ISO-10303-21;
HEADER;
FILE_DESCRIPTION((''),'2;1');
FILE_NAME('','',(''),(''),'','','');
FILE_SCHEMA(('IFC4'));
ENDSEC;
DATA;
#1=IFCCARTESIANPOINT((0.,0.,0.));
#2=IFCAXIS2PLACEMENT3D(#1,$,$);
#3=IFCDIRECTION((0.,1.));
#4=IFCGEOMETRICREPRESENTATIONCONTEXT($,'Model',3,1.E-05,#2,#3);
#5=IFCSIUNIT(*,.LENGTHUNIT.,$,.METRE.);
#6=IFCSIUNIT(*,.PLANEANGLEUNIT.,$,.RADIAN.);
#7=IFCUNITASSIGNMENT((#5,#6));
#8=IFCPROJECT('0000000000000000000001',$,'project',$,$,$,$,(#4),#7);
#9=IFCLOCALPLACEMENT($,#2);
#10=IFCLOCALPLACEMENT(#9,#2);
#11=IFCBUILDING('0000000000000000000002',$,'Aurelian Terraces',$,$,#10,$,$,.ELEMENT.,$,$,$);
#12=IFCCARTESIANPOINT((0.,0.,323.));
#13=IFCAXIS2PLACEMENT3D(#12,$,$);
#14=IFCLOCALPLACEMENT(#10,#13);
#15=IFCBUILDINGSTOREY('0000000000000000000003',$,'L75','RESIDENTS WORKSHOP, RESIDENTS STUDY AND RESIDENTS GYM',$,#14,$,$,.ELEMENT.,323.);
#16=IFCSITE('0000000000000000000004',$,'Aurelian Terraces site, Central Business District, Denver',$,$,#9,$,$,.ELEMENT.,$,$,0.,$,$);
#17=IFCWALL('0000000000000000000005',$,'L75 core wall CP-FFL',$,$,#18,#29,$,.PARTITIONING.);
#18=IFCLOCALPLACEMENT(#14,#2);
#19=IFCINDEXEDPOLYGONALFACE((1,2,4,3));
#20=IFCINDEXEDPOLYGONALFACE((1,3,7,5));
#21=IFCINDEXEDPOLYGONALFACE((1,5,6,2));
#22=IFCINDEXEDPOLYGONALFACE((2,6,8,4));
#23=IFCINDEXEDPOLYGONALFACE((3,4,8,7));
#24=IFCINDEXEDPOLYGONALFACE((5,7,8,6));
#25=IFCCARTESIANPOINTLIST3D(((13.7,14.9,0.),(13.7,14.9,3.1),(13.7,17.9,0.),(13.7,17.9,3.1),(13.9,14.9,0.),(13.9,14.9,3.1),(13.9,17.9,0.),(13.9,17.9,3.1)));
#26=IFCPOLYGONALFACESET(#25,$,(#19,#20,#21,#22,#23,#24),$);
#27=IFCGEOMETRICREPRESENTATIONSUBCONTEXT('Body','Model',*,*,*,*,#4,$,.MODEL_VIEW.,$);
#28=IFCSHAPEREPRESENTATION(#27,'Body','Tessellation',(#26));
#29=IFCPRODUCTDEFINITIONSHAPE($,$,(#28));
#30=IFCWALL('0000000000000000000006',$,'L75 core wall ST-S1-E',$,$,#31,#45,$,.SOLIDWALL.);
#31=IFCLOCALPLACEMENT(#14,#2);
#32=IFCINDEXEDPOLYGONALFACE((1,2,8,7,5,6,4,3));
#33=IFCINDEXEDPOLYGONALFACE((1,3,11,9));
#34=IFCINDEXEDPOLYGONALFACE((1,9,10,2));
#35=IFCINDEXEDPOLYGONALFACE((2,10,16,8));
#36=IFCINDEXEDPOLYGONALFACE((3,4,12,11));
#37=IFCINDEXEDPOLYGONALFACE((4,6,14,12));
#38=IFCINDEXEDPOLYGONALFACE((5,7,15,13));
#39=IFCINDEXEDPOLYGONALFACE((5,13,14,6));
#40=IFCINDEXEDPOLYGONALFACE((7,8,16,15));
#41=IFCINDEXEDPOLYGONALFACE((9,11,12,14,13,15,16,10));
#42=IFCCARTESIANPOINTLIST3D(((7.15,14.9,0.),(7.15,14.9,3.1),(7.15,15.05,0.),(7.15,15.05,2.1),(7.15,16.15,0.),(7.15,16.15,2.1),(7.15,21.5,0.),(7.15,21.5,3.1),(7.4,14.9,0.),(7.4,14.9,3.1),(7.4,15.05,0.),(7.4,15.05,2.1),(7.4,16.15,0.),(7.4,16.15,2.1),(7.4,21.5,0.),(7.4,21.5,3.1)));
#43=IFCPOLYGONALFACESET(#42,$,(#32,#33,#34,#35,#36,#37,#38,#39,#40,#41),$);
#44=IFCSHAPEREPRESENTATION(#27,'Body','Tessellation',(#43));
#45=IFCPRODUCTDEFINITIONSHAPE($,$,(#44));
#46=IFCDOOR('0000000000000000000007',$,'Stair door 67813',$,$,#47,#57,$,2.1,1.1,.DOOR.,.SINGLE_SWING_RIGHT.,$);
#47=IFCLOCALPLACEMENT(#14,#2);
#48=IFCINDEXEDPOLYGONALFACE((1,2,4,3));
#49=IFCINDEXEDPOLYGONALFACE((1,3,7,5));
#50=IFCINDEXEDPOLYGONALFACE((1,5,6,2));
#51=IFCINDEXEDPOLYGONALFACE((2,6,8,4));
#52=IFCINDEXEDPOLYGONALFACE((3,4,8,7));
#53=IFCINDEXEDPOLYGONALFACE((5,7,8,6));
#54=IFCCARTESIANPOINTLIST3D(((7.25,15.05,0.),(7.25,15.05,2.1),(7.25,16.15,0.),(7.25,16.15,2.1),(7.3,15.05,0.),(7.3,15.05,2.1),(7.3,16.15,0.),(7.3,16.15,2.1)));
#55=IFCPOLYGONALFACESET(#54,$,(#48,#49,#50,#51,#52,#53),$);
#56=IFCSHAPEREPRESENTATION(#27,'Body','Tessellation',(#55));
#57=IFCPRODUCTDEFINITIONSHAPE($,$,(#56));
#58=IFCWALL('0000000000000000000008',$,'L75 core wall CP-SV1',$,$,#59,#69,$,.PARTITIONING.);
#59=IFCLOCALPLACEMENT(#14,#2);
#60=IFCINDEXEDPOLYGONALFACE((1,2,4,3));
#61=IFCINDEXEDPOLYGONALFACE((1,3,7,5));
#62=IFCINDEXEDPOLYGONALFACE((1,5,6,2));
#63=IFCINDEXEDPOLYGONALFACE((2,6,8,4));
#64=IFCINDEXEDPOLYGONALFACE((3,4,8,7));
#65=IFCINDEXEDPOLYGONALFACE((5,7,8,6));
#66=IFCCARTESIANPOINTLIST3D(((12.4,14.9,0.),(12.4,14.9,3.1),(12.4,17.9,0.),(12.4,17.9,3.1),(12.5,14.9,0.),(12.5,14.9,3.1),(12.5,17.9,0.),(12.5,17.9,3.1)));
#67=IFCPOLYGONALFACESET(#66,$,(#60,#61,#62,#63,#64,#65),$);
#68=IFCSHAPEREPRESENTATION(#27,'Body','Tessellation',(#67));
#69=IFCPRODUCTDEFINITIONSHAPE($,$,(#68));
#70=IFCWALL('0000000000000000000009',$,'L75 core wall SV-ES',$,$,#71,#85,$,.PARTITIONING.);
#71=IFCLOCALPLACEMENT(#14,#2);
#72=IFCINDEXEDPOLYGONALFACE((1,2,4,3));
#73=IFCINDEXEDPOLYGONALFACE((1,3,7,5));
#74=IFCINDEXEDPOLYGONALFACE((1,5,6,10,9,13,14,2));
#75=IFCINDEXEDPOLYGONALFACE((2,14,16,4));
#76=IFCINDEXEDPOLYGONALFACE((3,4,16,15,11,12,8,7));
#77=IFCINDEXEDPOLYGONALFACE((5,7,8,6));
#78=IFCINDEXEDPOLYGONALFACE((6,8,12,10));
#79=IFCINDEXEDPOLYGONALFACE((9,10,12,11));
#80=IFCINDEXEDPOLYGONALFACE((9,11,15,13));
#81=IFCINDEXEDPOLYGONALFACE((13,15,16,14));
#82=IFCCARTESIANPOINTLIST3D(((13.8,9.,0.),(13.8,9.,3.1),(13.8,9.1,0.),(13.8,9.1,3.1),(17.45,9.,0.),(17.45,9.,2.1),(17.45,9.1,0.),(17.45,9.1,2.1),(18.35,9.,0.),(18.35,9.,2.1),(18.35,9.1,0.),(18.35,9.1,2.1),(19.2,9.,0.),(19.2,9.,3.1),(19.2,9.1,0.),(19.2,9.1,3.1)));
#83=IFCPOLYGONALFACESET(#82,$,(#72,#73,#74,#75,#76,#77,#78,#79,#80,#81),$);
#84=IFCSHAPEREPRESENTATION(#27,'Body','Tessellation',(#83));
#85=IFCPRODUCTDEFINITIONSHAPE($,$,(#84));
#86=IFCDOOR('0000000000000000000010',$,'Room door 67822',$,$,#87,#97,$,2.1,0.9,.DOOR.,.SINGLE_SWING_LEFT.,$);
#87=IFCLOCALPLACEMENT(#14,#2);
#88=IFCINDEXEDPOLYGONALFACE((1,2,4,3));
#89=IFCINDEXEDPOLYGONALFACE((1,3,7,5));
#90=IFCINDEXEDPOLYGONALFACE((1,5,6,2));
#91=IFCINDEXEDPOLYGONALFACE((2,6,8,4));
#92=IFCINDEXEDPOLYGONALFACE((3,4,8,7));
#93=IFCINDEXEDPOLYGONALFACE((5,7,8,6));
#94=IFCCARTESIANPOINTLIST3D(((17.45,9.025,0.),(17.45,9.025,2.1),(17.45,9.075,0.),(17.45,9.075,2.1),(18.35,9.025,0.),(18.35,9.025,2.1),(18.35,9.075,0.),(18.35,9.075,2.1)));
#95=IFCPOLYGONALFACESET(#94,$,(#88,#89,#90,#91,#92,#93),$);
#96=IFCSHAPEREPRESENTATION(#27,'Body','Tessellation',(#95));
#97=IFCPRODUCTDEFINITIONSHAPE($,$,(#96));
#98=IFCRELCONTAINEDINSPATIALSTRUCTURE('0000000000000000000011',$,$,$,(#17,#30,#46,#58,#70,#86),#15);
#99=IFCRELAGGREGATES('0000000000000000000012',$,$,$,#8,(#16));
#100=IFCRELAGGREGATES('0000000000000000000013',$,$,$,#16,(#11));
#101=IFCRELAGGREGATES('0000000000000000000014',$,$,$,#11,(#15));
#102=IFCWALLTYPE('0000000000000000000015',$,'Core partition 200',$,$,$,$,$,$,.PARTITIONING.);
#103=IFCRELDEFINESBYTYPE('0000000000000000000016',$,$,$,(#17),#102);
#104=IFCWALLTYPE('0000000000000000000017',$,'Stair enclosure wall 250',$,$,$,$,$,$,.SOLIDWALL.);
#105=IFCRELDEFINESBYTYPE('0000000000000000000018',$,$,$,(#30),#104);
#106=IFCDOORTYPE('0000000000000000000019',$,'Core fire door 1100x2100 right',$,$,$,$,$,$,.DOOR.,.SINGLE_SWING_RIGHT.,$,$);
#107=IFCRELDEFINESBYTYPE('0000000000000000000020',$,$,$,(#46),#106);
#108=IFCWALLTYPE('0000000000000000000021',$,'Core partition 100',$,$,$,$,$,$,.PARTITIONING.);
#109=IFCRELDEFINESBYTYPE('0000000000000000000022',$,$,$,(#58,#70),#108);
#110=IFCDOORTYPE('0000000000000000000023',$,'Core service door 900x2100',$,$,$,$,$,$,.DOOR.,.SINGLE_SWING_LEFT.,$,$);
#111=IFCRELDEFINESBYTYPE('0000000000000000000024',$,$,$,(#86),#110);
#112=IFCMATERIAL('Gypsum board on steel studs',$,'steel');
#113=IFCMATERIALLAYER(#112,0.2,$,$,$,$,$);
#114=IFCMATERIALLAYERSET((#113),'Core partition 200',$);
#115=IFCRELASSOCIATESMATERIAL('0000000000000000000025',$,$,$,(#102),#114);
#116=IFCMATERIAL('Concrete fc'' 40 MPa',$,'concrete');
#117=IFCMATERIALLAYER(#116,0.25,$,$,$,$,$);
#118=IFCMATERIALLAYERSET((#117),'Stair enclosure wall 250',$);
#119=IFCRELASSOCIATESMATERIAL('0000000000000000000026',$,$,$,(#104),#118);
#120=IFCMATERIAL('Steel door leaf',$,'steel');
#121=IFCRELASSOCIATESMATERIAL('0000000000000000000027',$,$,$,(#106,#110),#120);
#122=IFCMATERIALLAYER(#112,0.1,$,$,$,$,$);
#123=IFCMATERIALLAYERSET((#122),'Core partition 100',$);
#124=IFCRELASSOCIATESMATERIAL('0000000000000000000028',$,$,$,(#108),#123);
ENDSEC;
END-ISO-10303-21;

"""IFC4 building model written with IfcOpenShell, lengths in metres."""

from ifc_helpers import new_model, si_unit, direction, frame, frame_2d, origin, place, context, subcontext, project, spatial, rectangle, extrude, source, transform, mapped, material, layer, layer_set, type_object, element, fill, save


model = new_model("IFC4")

# Units and contexts
model_context = context("Model", 3, precision=1e-05, world=origin(), true_north=direction((0.0, 1.0)))
body_context = subcontext(model_context, "Body", "Model", "MODEL_VIEW")
ifc_project = project(units=[si_unit("LENGTHUNIT", "METRE"), si_unit("PLANEANGLEUNIT", "RADIAN")], contexts=[model_context])

# Site, building, storey
site_placement = place(None, origin())
site = spatial("IfcSite", under=ifc_project, at=site_placement, Name="Aurelian Terraces site, Central Business District, Denver", CompositionType="ELEMENT", RefElevation=0.0)
building_placement = place(site_placement, origin())
building = spatial("IfcBuilding", under=site, at=building_placement, Name="Aurelian Terraces", CompositionType="ELEMENT")
storey_placement = place(building_placement, frame((0.0, 0.0, 323.0)))
storey = spatial("IfcBuildingStorey", under=building, at=storey_placement, Name="L75", Description="RESIDENTS WORKSHOP, RESIDENTS STUDY AND RESIDENTS GYM", CompositionType="ELEMENT", Elevation=323.0)

# Shared definitions
ifc_material_1 = material(Name="Concrete fc' 40 MPa", Category="concrete")

# Shared definitions
ifc_material_2 = material(Name="Steel door leaf", Category="steel")
shared_shape_1 = source(origin(), body_context, "Body", "SweptSolid", [
    extrude(rectangle(XDim=0.9, YDim=2.1, at=frame_2d((0.45, 1.05))), frame((0.0, 0.025, 0.0), z_axis=(0.0, -1.0, 0.0), x_axis=(1.0, 0.0, 0.0)), (0.0, 0.0, 1.0), 0.05),
])

# Shared definitions
shared_shape_2 = source(origin(), body_context, "Body", "SweptSolid", [
    extrude(rectangle(XDim=1.1, YDim=2.1, at=frame_2d((0.55, 1.05))), frame((0.0, 0.025, 0.0), z_axis=(0.0, -1.0, 0.0), x_axis=(1.0, 0.0, 0.0)), (0.0, 0.0, 1.0), 0.05),
])

# Wall
ifc_material_3 = material(Name="Gypsum board on steel studs", Category="steel")
ifc_layer_1 = layer(ifc_material_3, 0.2)
ifc_layer_set_1 = layer_set([ifc_layer_1], Name="Core partition 200")
wall_type_1 = type_object("IfcWallType", Name="Core partition 200", PredefinedType="PARTITIONING", material=ifc_layer_set_1)
shared_shape_3 = source(origin(), body_context, "Body", "SweptSolid", [
    extrude(rectangle(XDim=3.0, YDim=0.2, at=frame_2d((1.5, 0.0))), origin(), (0.0, 0.0, 1.0), 3.1),
])
for number, where, z_axis, x_axis, name in (
    (1, (13.8, 14.9, 0.0), (0.0, 0.0, 1.0), (0.0, 1.0, 0.0), "L75 core wall CP-FFL"),
):
    element("IfcWall", number, at=place(storey_placement, frame(where, z_axis=z_axis, x_axis=x_axis)), inside=storey, type_object=wall_type_1, Name=name, PredefinedType="PARTITIONING", context=body_context, shape_type="MappedRepresentation", body=[
        mapped(shared_shape_3, transform((0.0, 0.0, 0.0), scale=1.0)),
    ])

# Wall, opening, door
ifc_layer_2 = layer(ifc_material_1, 0.25)
ifc_layer_set_2 = layer_set([ifc_layer_2], Name="Stair enclosure wall 250")
wall_type_2 = type_object("IfcWallType", Name="Stair enclosure wall 250", PredefinedType="SOLIDWALL", material=ifc_layer_set_2)
shared_shape_4 = source(origin(), body_context, "Body", "SweptSolid", [
    extrude(rectangle(XDim=6.6, YDim=0.25, at=frame_2d((3.3, 0.0))), origin(), (0.0, 0.0, 1.0), 3.1),
])
wall_1_placement = place(storey_placement, frame((7.275, 14.9, 0.0), z_axis=(0.0, 0.0, 1.0), x_axis=(0.0, 1.0, 0.0)))
wall_1 = element("IfcWall", 2, at=wall_1_placement, inside=storey, type_object=wall_type_2, Name="L75 core wall ST-S1-E", PredefinedType="SOLIDWALL", context=body_context, shape_type="MappedRepresentation", body=[
    mapped(shared_shape_4, transform((0.0, 0.0, 0.0), scale=1.0)),
])
shared_shape_5 = source(origin(), body_context, "Body", "SweptSolid", [
    extrude(rectangle(XDim=1.1, YDim=2.1, at=frame_2d((0.55, 1.05))), frame((0.0, 0.135, 0.0), z_axis=(0.0, -1.0, 0.0), x_axis=(1.0, 0.0, 0.0)), (0.0, 0.0, 1.0), 0.27),
])
opening_1_placement = place(wall_1_placement, frame((0.15, 0.0, 0.0)))
opening_1 = element("IfcOpeningElement", 3, at=opening_1_placement, cuts=wall_1, PredefinedType="OPENING", context=body_context, shape_type="MappedRepresentation", body=[
    mapped(shared_shape_5, transform((0.0, 0.0, 0.0), scale=1.0)),
])
door_type_1 = type_object("IfcDoorType", Name="Core fire door 1100x2100 right", OperationType="SINGLE_SWING_RIGHT", PredefinedType="DOOR", material=ifc_material_2)
door_1_placement = place(opening_1_placement, origin())
door_1 = element("IfcDoor", 4, at=door_1_placement, inside=storey, type_object=door_type_1, Name="Stair door 67813", OperationType="SINGLE_SWING_RIGHT", OverallHeight=2.1, OverallWidth=1.1, PredefinedType="DOOR", context=body_context, shape_type="MappedRepresentation", body=[
    mapped(shared_shape_2, transform((0.0, 0.0, 0.0), scale=1.0)),
])
fill(opening_1, door_1)

# Wall
ifc_layer_3 = layer(ifc_material_3, 0.1)
ifc_layer_set_3 = layer_set([ifc_layer_3], Name="Core partition 100")
wall_type_3 = type_object("IfcWallType", Name="Core partition 100", PredefinedType="PARTITIONING", material=ifc_layer_set_3)
shared_shape_6 = source(origin(), body_context, "Body", "SweptSolid", [
    extrude(rectangle(XDim=3.0, YDim=0.1, at=frame_2d((1.5, 0.0))), origin(), (0.0, 0.0, 1.0), 3.1),
])
wall_2_placement = place(storey_placement, frame((12.45, 14.9, 0.0), z_axis=(0.0, 0.0, 1.0), x_axis=(0.0, 1.0, 0.0)))
element("IfcWall", 5, at=wall_2_placement, inside=storey, type_object=wall_type_3, Name="L75 core wall CP-SV1", PredefinedType="PARTITIONING", context=body_context, shape_type="MappedRepresentation", body=[
    mapped(shared_shape_6, transform((0.0, 0.0, 0.0), scale=1.0)),
])

# Wall, opening, door
shared_shape_7 = source(origin(), body_context, "Body", "SweptSolid", [
    extrude(rectangle(XDim=5.4, YDim=0.1, at=frame_2d((2.7, 0.0))), origin(), (0.0, 0.0, 1.0), 3.1),
])
wall_3_placement = place(storey_placement, frame((13.8, 9.05, 0.0), z_axis=(0.0, 0.0, 1.0), x_axis=(1.0, 0.0, 0.0)))
wall_3 = element("IfcWall", 6, at=wall_3_placement, inside=storey, type_object=wall_type_3, Name="L75 core wall SV-ES", PredefinedType="PARTITIONING", context=body_context, shape_type="MappedRepresentation", body=[
    mapped(shared_shape_7, transform((0.0, 0.0, 0.0), scale=1.0)),
])
shared_shape_8 = source(origin(), body_context, "Body", "SweptSolid", [
    extrude(rectangle(XDim=0.9, YDim=2.1, at=frame_2d((0.45, 1.05))), frame((0.0, 0.06, 0.0), z_axis=(0.0, -1.0, 0.0), x_axis=(1.0, 0.0, 0.0)), (0.0, 0.0, 1.0), 0.12),
])
opening_2_placement = place(wall_3_placement, frame((3.65, 0.0, 0.0)))
opening_2 = element("IfcOpeningElement", 7, at=opening_2_placement, cuts=wall_3, PredefinedType="OPENING", context=body_context, shape_type="MappedRepresentation", body=[
    mapped(shared_shape_8, transform((0.0, 0.0, 0.0), scale=1.0)),
])
door_type_2 = type_object("IfcDoorType", Name="Core service door 900x2100", OperationType="SINGLE_SWING_LEFT", PredefinedType="DOOR", material=ifc_material_2)
door_2_placement = place(opening_2_placement, origin())
door_2 = element("IfcDoor", 8, at=door_2_placement, inside=storey, type_object=door_type_2, Name="Room door 67822", OperationType="SINGLE_SWING_LEFT", OverallHeight=2.1, OverallWidth=0.9, PredefinedType="DOOR", context=body_context, shape_type="MappedRepresentation", body=[
    mapped(shared_shape_1, transform((0.0, 0.0, 0.0), scale=1.0)),
])
fill(opening_2, door_2)

save(model, "model.ifc")
